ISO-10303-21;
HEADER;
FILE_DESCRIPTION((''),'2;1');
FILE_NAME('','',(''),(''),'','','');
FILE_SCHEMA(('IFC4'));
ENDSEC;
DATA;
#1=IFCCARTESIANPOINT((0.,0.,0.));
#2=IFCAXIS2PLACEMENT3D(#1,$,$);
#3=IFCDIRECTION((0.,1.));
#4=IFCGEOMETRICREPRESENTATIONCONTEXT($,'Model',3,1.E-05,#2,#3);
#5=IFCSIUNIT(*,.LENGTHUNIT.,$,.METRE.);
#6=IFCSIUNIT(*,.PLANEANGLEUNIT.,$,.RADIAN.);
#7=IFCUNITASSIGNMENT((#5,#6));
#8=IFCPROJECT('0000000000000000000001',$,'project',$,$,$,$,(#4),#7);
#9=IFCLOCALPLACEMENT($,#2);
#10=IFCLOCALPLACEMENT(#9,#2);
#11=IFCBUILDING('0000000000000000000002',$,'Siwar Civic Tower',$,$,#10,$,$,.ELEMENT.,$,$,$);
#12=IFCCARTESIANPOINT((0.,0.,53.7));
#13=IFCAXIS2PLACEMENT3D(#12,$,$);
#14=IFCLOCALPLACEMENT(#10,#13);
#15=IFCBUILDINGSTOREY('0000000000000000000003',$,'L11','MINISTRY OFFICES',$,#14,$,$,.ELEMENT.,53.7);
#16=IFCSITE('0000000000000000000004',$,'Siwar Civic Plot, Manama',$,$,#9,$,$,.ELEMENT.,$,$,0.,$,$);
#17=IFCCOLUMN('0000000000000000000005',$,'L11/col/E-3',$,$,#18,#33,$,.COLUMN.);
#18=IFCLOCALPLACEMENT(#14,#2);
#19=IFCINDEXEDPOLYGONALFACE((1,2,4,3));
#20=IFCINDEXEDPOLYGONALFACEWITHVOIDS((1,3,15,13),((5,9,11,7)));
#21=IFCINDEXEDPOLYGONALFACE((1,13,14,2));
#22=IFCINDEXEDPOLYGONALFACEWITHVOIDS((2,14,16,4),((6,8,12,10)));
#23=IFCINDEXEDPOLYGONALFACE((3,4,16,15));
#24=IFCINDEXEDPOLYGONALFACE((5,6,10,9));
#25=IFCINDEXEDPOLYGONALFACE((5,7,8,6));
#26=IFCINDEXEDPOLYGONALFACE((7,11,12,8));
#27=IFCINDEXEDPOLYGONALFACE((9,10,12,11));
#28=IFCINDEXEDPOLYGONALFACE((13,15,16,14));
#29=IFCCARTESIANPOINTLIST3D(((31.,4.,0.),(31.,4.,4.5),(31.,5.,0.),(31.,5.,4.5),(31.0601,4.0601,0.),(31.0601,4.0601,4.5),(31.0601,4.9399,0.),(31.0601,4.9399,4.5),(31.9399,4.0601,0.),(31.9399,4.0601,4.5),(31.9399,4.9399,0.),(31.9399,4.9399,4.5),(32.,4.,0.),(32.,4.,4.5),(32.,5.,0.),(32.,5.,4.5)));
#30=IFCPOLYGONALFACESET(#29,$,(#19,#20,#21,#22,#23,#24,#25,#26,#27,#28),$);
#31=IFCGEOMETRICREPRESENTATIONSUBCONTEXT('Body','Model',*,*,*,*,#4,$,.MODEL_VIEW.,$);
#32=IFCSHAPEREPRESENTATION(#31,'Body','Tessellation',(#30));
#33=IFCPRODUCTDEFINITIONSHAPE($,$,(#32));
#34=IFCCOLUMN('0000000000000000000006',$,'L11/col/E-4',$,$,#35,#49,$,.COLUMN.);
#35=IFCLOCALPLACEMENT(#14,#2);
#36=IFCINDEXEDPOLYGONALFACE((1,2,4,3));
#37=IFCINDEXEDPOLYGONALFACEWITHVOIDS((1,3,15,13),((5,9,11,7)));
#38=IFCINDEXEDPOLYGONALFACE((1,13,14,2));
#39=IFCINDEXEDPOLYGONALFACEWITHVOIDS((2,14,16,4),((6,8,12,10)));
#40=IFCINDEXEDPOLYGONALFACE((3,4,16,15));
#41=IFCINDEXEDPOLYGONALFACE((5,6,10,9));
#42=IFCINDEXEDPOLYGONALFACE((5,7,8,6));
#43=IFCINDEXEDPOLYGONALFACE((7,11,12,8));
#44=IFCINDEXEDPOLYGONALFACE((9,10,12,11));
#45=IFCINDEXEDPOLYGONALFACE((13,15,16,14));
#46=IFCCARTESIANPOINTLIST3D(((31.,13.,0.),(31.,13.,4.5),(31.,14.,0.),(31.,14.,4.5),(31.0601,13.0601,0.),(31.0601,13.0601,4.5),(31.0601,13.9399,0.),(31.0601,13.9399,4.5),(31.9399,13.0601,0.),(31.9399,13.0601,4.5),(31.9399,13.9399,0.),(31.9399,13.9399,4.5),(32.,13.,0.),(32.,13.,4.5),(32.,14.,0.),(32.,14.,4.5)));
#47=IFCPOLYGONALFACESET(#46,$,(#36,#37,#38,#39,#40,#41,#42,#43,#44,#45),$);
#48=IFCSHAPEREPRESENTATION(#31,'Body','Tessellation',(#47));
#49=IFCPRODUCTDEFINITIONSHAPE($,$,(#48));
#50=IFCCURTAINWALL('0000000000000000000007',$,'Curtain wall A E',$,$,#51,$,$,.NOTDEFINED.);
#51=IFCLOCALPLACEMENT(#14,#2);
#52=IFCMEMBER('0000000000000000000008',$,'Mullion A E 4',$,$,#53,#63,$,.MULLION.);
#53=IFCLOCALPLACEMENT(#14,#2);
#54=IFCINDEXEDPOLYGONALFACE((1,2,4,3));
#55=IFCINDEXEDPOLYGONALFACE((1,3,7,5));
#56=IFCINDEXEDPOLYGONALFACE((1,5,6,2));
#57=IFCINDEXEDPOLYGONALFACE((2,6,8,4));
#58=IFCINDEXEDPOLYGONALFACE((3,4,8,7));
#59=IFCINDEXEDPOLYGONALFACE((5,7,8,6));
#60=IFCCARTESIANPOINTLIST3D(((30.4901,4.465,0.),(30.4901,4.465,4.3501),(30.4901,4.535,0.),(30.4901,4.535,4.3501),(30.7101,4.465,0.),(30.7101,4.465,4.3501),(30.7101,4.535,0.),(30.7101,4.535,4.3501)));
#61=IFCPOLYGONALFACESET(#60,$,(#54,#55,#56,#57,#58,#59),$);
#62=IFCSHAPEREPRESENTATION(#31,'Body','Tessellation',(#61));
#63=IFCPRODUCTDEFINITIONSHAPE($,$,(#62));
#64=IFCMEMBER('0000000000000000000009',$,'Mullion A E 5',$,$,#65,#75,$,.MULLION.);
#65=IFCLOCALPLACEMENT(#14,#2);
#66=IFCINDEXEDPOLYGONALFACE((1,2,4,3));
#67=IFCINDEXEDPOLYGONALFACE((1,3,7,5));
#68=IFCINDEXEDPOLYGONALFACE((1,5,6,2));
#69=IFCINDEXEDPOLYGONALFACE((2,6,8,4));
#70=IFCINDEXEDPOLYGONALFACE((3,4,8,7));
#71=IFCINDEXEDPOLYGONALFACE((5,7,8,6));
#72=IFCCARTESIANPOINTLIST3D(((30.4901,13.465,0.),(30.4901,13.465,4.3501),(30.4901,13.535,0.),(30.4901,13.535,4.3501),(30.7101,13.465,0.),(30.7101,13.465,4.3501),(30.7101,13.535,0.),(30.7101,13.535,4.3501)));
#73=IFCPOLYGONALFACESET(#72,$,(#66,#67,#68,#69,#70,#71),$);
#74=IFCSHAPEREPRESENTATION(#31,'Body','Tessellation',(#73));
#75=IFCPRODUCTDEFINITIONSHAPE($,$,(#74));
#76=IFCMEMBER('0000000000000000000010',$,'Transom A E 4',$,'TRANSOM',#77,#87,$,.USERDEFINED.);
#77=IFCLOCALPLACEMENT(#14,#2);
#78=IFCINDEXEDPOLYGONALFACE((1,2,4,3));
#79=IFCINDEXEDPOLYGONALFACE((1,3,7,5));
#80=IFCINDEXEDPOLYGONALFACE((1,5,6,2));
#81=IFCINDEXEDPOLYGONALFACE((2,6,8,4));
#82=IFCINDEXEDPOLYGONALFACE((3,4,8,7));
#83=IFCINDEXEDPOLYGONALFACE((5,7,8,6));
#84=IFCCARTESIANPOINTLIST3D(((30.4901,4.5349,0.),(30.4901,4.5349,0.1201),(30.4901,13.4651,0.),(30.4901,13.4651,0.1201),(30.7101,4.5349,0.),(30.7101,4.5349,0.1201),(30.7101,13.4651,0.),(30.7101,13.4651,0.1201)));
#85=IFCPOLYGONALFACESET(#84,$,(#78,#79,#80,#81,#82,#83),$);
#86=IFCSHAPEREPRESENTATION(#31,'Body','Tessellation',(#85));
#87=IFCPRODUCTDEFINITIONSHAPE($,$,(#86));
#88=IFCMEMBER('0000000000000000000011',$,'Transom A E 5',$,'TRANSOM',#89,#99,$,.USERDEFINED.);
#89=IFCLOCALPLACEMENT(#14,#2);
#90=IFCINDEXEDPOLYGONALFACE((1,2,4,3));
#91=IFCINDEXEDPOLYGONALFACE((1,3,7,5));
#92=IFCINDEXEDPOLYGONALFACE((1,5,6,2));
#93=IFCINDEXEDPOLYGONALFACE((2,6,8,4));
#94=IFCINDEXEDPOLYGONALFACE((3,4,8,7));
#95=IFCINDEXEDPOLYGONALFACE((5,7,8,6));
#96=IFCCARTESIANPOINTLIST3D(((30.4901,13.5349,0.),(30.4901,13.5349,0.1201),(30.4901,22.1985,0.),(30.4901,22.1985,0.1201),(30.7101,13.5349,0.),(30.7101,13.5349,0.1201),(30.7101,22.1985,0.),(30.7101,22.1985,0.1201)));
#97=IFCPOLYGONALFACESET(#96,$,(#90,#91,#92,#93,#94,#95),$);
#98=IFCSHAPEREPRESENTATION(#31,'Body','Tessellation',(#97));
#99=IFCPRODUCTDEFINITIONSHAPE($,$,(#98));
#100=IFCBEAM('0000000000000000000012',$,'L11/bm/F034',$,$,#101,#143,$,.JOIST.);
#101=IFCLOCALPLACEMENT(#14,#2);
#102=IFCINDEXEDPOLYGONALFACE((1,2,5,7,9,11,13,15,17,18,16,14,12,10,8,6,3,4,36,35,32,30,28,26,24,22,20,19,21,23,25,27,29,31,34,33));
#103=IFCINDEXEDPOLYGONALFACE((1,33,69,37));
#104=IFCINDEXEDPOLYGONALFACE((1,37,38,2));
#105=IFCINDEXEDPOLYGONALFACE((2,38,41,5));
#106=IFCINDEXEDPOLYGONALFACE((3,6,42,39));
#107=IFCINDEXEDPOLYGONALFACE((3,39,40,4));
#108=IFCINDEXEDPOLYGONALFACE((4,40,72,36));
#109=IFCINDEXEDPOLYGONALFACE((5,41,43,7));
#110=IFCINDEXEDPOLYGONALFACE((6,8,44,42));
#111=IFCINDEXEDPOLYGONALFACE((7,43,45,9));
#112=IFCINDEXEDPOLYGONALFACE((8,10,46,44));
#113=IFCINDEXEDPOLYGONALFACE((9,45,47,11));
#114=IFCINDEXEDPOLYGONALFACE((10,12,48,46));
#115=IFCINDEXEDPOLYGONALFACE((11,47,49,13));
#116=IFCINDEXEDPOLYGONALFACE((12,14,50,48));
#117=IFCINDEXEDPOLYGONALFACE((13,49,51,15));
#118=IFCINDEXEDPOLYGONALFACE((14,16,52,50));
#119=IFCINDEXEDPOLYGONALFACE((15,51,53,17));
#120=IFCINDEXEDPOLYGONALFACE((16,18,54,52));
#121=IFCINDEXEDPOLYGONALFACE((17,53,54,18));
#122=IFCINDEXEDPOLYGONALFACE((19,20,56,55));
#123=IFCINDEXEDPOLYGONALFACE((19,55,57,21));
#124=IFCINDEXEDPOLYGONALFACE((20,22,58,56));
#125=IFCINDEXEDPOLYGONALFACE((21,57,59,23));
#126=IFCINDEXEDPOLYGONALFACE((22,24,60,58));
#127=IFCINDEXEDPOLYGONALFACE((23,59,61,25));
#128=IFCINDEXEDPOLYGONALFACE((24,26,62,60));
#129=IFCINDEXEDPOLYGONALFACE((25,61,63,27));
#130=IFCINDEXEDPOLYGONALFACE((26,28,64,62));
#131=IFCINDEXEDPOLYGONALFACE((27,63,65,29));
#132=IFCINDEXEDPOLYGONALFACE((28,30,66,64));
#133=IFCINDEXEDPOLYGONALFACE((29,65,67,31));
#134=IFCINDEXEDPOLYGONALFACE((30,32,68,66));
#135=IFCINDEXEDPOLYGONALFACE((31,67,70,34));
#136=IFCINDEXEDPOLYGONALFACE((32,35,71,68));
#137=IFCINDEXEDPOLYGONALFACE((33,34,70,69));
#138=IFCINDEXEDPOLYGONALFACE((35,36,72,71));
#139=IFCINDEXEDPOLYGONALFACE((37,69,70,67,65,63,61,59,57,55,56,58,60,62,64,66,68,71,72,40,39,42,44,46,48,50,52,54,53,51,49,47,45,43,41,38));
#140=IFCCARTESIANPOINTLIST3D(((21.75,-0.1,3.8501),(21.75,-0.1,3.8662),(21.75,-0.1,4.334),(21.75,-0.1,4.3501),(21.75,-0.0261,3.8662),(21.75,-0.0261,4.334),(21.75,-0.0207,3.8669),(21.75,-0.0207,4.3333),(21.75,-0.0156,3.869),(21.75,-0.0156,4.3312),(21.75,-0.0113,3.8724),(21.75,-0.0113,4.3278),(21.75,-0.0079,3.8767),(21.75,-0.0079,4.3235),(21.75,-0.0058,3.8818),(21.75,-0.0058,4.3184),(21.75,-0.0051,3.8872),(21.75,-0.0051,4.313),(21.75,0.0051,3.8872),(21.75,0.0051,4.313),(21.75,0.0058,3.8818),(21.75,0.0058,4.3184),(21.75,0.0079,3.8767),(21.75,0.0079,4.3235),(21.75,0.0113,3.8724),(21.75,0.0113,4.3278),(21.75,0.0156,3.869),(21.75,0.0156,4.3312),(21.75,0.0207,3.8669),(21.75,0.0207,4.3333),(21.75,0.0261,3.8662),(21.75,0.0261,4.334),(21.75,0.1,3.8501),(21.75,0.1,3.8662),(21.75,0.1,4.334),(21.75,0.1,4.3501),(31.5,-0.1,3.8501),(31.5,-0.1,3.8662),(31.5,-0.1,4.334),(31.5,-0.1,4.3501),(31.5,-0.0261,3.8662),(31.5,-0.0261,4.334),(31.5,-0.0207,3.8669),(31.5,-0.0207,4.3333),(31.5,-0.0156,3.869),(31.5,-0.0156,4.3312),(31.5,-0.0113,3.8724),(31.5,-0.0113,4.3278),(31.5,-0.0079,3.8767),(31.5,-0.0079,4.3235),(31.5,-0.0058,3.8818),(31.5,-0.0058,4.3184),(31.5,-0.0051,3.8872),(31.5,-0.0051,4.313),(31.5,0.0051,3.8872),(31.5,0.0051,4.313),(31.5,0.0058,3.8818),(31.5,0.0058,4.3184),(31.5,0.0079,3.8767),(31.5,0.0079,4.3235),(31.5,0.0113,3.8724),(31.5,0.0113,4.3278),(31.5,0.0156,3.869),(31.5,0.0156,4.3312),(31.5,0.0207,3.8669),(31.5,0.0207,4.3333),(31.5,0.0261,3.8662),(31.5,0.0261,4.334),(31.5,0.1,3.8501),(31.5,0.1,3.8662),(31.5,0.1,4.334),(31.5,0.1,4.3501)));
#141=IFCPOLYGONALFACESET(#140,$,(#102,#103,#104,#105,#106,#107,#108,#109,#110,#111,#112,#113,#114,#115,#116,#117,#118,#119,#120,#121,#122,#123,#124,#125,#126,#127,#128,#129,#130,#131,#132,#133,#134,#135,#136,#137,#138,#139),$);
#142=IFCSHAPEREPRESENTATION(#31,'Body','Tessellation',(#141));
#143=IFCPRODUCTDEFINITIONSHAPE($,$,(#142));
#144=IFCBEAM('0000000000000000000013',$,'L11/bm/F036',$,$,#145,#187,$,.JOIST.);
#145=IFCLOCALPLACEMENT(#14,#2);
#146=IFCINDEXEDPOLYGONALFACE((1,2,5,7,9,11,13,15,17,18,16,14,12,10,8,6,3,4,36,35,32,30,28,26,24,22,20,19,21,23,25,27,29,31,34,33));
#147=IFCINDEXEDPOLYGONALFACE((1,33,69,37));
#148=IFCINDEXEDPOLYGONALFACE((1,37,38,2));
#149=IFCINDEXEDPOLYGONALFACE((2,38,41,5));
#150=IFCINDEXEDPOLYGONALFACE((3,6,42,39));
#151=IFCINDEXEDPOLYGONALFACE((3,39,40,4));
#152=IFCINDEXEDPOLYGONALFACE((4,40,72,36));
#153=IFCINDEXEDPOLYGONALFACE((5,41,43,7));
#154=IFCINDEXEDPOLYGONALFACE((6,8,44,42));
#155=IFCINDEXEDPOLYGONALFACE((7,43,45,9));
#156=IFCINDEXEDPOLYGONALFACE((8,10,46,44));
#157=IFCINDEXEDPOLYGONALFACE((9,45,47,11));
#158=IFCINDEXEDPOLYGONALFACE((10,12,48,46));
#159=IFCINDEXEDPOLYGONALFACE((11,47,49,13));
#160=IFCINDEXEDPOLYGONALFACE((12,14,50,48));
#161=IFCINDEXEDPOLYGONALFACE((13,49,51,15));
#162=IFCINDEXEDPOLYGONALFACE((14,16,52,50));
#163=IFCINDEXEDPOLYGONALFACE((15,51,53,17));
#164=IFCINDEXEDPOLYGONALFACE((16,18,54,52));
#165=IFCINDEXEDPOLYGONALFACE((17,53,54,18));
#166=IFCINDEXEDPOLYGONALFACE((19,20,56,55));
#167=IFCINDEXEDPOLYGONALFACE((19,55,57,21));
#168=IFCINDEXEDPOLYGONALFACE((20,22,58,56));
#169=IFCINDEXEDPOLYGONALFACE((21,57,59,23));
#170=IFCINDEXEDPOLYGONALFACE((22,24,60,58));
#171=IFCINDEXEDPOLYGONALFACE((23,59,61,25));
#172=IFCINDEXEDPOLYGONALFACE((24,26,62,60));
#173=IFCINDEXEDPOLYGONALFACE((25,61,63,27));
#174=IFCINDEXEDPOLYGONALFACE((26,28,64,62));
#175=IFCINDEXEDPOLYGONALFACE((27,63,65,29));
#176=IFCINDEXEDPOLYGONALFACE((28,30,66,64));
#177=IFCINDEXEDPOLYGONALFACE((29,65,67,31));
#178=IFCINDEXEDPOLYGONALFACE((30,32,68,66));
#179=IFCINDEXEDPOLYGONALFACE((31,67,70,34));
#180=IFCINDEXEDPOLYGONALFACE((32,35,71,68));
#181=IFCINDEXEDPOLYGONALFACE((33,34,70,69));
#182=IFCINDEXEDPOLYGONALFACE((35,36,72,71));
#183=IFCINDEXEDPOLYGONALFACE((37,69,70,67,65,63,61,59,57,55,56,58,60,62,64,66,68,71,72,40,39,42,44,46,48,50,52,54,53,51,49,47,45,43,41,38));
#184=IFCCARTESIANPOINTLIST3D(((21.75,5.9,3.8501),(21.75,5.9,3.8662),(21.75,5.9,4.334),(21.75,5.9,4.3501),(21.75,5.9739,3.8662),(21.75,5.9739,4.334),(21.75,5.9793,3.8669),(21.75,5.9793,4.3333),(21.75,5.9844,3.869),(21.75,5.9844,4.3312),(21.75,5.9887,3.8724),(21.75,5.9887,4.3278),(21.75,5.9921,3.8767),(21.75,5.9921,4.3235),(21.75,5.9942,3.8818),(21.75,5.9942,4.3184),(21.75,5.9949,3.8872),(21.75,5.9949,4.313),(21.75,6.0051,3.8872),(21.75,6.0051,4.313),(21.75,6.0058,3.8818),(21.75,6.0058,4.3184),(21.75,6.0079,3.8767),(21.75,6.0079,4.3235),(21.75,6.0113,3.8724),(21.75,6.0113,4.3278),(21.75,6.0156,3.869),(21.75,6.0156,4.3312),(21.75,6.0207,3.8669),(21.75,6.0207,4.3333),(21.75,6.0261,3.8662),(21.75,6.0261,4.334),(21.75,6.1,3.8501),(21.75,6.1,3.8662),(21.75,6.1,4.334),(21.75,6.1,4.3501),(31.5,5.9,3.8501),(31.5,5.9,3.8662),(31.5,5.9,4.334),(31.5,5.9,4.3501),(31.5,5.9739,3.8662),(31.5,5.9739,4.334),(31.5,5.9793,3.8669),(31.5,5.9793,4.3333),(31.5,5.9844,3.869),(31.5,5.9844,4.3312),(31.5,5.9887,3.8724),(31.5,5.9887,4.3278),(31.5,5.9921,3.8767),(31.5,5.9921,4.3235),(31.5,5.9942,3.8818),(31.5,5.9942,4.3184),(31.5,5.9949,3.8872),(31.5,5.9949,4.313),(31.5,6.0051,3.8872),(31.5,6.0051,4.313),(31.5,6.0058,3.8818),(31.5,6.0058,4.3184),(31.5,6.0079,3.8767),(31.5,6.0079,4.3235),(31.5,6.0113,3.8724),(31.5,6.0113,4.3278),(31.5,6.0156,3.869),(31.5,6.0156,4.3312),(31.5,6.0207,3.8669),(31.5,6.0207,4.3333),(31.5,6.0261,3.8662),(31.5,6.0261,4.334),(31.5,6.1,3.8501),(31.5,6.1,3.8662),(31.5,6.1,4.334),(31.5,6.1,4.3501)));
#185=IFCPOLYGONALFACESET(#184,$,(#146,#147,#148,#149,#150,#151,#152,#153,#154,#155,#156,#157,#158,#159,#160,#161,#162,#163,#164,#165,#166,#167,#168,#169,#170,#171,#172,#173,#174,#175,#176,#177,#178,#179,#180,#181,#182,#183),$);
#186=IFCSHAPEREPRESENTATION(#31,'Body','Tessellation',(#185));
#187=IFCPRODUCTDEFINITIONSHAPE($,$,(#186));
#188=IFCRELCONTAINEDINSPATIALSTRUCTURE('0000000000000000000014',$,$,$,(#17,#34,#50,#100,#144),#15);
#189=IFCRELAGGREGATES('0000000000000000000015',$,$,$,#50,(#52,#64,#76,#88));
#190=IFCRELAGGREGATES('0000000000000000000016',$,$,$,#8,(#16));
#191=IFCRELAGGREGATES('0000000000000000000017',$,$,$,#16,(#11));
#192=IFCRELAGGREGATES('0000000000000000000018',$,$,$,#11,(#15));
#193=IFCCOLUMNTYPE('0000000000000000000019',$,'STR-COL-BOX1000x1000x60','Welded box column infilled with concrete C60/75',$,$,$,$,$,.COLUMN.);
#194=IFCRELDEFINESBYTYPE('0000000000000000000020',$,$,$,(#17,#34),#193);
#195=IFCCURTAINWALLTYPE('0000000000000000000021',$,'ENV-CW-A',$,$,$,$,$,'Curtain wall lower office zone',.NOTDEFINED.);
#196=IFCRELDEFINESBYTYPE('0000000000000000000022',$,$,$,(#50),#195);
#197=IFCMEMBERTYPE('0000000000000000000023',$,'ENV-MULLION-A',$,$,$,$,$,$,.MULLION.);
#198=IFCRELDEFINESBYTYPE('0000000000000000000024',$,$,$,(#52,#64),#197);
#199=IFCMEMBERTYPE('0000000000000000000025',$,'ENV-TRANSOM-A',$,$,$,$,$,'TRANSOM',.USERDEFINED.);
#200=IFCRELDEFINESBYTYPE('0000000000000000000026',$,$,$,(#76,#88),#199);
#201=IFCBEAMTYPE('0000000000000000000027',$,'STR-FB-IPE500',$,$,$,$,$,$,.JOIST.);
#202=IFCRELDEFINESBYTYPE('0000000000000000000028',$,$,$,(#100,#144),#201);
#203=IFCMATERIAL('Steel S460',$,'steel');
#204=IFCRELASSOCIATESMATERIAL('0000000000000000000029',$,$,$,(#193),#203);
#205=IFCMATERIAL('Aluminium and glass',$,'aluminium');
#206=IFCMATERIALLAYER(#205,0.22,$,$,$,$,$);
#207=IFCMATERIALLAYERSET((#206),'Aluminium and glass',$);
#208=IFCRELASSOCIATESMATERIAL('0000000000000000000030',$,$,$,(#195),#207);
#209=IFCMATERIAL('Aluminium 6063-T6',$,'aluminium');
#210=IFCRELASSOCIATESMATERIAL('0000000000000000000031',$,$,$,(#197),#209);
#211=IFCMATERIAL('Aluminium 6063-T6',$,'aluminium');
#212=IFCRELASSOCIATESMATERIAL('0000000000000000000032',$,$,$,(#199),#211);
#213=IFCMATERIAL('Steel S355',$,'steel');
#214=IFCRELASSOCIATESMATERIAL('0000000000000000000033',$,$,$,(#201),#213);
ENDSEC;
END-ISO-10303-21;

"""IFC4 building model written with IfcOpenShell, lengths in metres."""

from ifc_helpers import new_model, si_unit, direction, frame, origin, origin_2d, place, context, subcontext, project, spatial, rectangle, hollow_rectangle, i_section, extrude, material, layer, layer_set, material_profile, profile_set, type_object, element, aggregate, save


model = new_model("IFC4")

# Units and contexts
model_context = context("Model", 3, precision=1e-05, world=origin(), true_north=direction((0.0, 1.0)))
body_context = subcontext(model_context, "Body", "Model", "MODEL_VIEW")
ifc_project = project(units=[si_unit("LENGTHUNIT", "METRE"), si_unit("PLANEANGLEUNIT", "RADIAN")], contexts=[model_context])

# Site, building, storey
site_placement = place(None, origin())
site = spatial("IfcSite", under=ifc_project, at=site_placement, Name="Siwar Civic Plot, Manama", CompositionType="ELEMENT", RefElevation=0.0)
building_placement = place(site_placement, origin())
building = spatial("IfcBuilding", under=site, at=building_placement, Name="Siwar Civic Tower", CompositionType="ELEMENT")
storey_placement = place(building_placement, frame((0.0, 0.0, 53.7)))
storey = spatial("IfcBuildingStorey", under=building, at=storey_placement, Name="L11", Description="MINISTRY OFFICES", CompositionType="ELEMENT", Elevation=53.7)

# Columns
ifc_material_1 = material(Name="Steel S460", Category="steel")
ifc_material_profile_1 = material_profile(ifc_material_1, hollow_rectangle(XDim=1.0, YDim=1.0, WallThickness=0.0601, at=origin_2d()), Name="BOX1000x1000x60")
ifc_profile_set_1 = profile_set([ifc_material_profile_1], Name="Steel S460")
column_type = type_object("IfcColumnType", Name="STR-COL-BOX1000x1000x60", Description="Welded box column infilled with concrete C60/75", PredefinedType="COLUMN", material=ifc_profile_set_1)
for number, where, z_axis, x_axis, name in (
    (1, (31.5, 4.5, 0.0), (0.0, 0.0, 1.0), (1.0, 0.0, 0.0), "L11/col/E-3"),
    (2, (31.5, 13.5, 0.0), (0.0, 0.0, 1.0), (1.0, 0.0, 0.0), "L11/col/E-4"),
):
    element("IfcColumn", number, at=place(storey_placement, frame(where, z_axis=z_axis, x_axis=x_axis)), inside=storey, type_object=column_type, Name=name, PredefinedType="COLUMN", context=body_context, shape_type="SweptSolid", body=[
        extrude(hollow_rectangle(XDim=1.0, YDim=1.0, WallThickness=0.0601, at=origin_2d()), origin(), (0.0, 0.0, 1.0), 4.5),
    ])

# Curtain wall, members
ifc_material_2 = material(Name="Aluminium and glass", Category="aluminium")
ifc_layer_1 = layer(ifc_material_2, 0.22)
ifc_layer_set_1 = layer_set([ifc_layer_1], Name="Aluminium and glass")
curtain_wall_type = type_object("IfcCurtainWallType", Name="ENV-CW-A", ElementType="Curtain wall lower office zone", PredefinedType="NOTDEFINED", material=ifc_layer_set_1)
curtain_wall_placement = place(storey_placement, origin())
curtain_wall = element("IfcCurtainWall", 3, at=curtain_wall_placement, inside=storey, type_object=curtain_wall_type, Name="Curtain wall A E", PredefinedType="NOTDEFINED")
ifc_material_3 = material(Name="Aluminium 6063-T6", Category="aluminium")
ifc_material_profile_2 = material_profile(ifc_material_3, rectangle(XDim=0.22, YDim=0.0701, at=origin_2d()), Name="AL 220x70")
ifc_profile_set_2 = profile_set([ifc_material_profile_2], Name="Aluminium 6063-T6")
member_type_1 = type_object("IfcMemberType", Name="ENV-MULLION-A", PredefinedType="MULLION", material=ifc_profile_set_2)
member_1_placement = place(storey_placement, frame((30.6001, 4.5, 0.0), z_axis=(0.0, 0.0, 1.0), x_axis=(-1.0, 0.0, 0.0)))
member_1 = element("IfcMember", 4, at=member_1_placement, type_object=member_type_1, Name="Mullion A E 4", PredefinedType="MULLION", context=body_context, shape_type="SweptSolid", body=[
    extrude(rectangle(XDim=0.22, YDim=0.0701, at=origin_2d()), origin(), (0.0, 0.0, 1.0), 4.3501),
])
member_2_placement = place(storey_placement, frame((30.6001, 13.5, 0.0), z_axis=(0.0, 0.0, 1.0), x_axis=(-1.0, 0.0, 0.0)))
member_2 = element("IfcMember", 5, at=member_2_placement, type_object=member_type_1, Name="Mullion A E 5", PredefinedType="MULLION", context=body_context, shape_type="SweptSolid", body=[
    extrude(rectangle(XDim=0.22, YDim=0.0701, at=origin_2d()), origin(), (0.0, 0.0, 1.0), 4.3501),
])
ifc_material_4 = material(Name="Aluminium 6063-T6", Category="aluminium")
ifc_material_profile_3 = material_profile(ifc_material_4, rectangle(XDim=0.22, YDim=0.1201, at=origin_2d()), Name="AL 220x120")
ifc_profile_set_3 = profile_set([ifc_material_profile_3], Name="Aluminium 6063-T6")
member_type_2 = type_object("IfcMemberType", Name="ENV-TRANSOM-A", ElementType="TRANSOM", PredefinedType="USERDEFINED", material=ifc_profile_set_3)
member_3_placement = place(storey_placement, frame((30.6001, 4.5349, 0.0601), z_axis=(0.0, 1.0, 0.0), x_axis=(-1.0, 0.0, 0.0)))
member_3 = element("IfcMember", 6, at=member_3_placement, type_object=member_type_2, Name="Transom A E 4", ObjectType="TRANSOM", PredefinedType="USERDEFINED", context=body_context, shape_type="SweptSolid", body=[
    extrude(rectangle(XDim=0.22, YDim=0.1201, at=origin_2d()), origin(), (0.0, 0.0, 1.0), 8.9302),
])
member_4_placement = place(storey_placement, frame((30.6001, 13.5349, 0.0601), z_axis=(0.0, 1.0, 0.0), x_axis=(-1.0, 0.0, 0.0)))
member_4 = element("IfcMember", 7, at=member_4_placement, type_object=member_type_2, Name="Transom A E 5", ObjectType="TRANSOM", PredefinedType="USERDEFINED", context=body_context, shape_type="SweptSolid", body=[
    extrude(rectangle(XDim=0.22, YDim=0.1201, at=origin_2d()), origin(), (0.0, 0.0, 1.0), 8.6636),
])

# Beams
ifc_material_5 = material(Name="Steel S355", Category="steel")
ifc_material_profile_4 = material_profile(ifc_material_5, i_section(OverallWidth=0.2, OverallDepth=0.5, WebThickness=0.0103, FlangeThickness=0.0161, FilletRadius=0.021, at=origin_2d()), Name="IPE500")
ifc_profile_set_4 = profile_set([ifc_material_profile_4], Name="Steel S355")
beam_type_1 = type_object("IfcBeamType", Name="STR-FB-IPE500", PredefinedType="JOIST", material=ifc_profile_set_4)
for number, where, z_axis, x_axis, name in (
    (8, (21.75, 0.0, 4.1001), (1.0, 0.0, 0.0), (0.0, 1.0, 0.0), "L11/bm/F034"),
    (9, (21.75, 6.0, 4.1001), (1.0, 0.0, 0.0), (0.0, 1.0, 0.0), "L11/bm/F036"),
):
    element("IfcBeam", number, at=place(storey_placement, frame(where, z_axis=z_axis, x_axis=x_axis)), inside=storey, type_object=beam_type_1, Name=name, PredefinedType="JOIST", context=body_context, shape_type="SweptSolid", body=[
        extrude(i_section(OverallWidth=0.2, OverallDepth=0.5, WebThickness=0.0103, FlangeThickness=0.0161, FilletRadius=0.021, at=origin_2d()), origin(), (0.0, 0.0, 1.0), 9.75),
    ])

aggregate(curtain_wall, [member_1, member_2, member_3, member_4])

save(model, "model.ifc")
